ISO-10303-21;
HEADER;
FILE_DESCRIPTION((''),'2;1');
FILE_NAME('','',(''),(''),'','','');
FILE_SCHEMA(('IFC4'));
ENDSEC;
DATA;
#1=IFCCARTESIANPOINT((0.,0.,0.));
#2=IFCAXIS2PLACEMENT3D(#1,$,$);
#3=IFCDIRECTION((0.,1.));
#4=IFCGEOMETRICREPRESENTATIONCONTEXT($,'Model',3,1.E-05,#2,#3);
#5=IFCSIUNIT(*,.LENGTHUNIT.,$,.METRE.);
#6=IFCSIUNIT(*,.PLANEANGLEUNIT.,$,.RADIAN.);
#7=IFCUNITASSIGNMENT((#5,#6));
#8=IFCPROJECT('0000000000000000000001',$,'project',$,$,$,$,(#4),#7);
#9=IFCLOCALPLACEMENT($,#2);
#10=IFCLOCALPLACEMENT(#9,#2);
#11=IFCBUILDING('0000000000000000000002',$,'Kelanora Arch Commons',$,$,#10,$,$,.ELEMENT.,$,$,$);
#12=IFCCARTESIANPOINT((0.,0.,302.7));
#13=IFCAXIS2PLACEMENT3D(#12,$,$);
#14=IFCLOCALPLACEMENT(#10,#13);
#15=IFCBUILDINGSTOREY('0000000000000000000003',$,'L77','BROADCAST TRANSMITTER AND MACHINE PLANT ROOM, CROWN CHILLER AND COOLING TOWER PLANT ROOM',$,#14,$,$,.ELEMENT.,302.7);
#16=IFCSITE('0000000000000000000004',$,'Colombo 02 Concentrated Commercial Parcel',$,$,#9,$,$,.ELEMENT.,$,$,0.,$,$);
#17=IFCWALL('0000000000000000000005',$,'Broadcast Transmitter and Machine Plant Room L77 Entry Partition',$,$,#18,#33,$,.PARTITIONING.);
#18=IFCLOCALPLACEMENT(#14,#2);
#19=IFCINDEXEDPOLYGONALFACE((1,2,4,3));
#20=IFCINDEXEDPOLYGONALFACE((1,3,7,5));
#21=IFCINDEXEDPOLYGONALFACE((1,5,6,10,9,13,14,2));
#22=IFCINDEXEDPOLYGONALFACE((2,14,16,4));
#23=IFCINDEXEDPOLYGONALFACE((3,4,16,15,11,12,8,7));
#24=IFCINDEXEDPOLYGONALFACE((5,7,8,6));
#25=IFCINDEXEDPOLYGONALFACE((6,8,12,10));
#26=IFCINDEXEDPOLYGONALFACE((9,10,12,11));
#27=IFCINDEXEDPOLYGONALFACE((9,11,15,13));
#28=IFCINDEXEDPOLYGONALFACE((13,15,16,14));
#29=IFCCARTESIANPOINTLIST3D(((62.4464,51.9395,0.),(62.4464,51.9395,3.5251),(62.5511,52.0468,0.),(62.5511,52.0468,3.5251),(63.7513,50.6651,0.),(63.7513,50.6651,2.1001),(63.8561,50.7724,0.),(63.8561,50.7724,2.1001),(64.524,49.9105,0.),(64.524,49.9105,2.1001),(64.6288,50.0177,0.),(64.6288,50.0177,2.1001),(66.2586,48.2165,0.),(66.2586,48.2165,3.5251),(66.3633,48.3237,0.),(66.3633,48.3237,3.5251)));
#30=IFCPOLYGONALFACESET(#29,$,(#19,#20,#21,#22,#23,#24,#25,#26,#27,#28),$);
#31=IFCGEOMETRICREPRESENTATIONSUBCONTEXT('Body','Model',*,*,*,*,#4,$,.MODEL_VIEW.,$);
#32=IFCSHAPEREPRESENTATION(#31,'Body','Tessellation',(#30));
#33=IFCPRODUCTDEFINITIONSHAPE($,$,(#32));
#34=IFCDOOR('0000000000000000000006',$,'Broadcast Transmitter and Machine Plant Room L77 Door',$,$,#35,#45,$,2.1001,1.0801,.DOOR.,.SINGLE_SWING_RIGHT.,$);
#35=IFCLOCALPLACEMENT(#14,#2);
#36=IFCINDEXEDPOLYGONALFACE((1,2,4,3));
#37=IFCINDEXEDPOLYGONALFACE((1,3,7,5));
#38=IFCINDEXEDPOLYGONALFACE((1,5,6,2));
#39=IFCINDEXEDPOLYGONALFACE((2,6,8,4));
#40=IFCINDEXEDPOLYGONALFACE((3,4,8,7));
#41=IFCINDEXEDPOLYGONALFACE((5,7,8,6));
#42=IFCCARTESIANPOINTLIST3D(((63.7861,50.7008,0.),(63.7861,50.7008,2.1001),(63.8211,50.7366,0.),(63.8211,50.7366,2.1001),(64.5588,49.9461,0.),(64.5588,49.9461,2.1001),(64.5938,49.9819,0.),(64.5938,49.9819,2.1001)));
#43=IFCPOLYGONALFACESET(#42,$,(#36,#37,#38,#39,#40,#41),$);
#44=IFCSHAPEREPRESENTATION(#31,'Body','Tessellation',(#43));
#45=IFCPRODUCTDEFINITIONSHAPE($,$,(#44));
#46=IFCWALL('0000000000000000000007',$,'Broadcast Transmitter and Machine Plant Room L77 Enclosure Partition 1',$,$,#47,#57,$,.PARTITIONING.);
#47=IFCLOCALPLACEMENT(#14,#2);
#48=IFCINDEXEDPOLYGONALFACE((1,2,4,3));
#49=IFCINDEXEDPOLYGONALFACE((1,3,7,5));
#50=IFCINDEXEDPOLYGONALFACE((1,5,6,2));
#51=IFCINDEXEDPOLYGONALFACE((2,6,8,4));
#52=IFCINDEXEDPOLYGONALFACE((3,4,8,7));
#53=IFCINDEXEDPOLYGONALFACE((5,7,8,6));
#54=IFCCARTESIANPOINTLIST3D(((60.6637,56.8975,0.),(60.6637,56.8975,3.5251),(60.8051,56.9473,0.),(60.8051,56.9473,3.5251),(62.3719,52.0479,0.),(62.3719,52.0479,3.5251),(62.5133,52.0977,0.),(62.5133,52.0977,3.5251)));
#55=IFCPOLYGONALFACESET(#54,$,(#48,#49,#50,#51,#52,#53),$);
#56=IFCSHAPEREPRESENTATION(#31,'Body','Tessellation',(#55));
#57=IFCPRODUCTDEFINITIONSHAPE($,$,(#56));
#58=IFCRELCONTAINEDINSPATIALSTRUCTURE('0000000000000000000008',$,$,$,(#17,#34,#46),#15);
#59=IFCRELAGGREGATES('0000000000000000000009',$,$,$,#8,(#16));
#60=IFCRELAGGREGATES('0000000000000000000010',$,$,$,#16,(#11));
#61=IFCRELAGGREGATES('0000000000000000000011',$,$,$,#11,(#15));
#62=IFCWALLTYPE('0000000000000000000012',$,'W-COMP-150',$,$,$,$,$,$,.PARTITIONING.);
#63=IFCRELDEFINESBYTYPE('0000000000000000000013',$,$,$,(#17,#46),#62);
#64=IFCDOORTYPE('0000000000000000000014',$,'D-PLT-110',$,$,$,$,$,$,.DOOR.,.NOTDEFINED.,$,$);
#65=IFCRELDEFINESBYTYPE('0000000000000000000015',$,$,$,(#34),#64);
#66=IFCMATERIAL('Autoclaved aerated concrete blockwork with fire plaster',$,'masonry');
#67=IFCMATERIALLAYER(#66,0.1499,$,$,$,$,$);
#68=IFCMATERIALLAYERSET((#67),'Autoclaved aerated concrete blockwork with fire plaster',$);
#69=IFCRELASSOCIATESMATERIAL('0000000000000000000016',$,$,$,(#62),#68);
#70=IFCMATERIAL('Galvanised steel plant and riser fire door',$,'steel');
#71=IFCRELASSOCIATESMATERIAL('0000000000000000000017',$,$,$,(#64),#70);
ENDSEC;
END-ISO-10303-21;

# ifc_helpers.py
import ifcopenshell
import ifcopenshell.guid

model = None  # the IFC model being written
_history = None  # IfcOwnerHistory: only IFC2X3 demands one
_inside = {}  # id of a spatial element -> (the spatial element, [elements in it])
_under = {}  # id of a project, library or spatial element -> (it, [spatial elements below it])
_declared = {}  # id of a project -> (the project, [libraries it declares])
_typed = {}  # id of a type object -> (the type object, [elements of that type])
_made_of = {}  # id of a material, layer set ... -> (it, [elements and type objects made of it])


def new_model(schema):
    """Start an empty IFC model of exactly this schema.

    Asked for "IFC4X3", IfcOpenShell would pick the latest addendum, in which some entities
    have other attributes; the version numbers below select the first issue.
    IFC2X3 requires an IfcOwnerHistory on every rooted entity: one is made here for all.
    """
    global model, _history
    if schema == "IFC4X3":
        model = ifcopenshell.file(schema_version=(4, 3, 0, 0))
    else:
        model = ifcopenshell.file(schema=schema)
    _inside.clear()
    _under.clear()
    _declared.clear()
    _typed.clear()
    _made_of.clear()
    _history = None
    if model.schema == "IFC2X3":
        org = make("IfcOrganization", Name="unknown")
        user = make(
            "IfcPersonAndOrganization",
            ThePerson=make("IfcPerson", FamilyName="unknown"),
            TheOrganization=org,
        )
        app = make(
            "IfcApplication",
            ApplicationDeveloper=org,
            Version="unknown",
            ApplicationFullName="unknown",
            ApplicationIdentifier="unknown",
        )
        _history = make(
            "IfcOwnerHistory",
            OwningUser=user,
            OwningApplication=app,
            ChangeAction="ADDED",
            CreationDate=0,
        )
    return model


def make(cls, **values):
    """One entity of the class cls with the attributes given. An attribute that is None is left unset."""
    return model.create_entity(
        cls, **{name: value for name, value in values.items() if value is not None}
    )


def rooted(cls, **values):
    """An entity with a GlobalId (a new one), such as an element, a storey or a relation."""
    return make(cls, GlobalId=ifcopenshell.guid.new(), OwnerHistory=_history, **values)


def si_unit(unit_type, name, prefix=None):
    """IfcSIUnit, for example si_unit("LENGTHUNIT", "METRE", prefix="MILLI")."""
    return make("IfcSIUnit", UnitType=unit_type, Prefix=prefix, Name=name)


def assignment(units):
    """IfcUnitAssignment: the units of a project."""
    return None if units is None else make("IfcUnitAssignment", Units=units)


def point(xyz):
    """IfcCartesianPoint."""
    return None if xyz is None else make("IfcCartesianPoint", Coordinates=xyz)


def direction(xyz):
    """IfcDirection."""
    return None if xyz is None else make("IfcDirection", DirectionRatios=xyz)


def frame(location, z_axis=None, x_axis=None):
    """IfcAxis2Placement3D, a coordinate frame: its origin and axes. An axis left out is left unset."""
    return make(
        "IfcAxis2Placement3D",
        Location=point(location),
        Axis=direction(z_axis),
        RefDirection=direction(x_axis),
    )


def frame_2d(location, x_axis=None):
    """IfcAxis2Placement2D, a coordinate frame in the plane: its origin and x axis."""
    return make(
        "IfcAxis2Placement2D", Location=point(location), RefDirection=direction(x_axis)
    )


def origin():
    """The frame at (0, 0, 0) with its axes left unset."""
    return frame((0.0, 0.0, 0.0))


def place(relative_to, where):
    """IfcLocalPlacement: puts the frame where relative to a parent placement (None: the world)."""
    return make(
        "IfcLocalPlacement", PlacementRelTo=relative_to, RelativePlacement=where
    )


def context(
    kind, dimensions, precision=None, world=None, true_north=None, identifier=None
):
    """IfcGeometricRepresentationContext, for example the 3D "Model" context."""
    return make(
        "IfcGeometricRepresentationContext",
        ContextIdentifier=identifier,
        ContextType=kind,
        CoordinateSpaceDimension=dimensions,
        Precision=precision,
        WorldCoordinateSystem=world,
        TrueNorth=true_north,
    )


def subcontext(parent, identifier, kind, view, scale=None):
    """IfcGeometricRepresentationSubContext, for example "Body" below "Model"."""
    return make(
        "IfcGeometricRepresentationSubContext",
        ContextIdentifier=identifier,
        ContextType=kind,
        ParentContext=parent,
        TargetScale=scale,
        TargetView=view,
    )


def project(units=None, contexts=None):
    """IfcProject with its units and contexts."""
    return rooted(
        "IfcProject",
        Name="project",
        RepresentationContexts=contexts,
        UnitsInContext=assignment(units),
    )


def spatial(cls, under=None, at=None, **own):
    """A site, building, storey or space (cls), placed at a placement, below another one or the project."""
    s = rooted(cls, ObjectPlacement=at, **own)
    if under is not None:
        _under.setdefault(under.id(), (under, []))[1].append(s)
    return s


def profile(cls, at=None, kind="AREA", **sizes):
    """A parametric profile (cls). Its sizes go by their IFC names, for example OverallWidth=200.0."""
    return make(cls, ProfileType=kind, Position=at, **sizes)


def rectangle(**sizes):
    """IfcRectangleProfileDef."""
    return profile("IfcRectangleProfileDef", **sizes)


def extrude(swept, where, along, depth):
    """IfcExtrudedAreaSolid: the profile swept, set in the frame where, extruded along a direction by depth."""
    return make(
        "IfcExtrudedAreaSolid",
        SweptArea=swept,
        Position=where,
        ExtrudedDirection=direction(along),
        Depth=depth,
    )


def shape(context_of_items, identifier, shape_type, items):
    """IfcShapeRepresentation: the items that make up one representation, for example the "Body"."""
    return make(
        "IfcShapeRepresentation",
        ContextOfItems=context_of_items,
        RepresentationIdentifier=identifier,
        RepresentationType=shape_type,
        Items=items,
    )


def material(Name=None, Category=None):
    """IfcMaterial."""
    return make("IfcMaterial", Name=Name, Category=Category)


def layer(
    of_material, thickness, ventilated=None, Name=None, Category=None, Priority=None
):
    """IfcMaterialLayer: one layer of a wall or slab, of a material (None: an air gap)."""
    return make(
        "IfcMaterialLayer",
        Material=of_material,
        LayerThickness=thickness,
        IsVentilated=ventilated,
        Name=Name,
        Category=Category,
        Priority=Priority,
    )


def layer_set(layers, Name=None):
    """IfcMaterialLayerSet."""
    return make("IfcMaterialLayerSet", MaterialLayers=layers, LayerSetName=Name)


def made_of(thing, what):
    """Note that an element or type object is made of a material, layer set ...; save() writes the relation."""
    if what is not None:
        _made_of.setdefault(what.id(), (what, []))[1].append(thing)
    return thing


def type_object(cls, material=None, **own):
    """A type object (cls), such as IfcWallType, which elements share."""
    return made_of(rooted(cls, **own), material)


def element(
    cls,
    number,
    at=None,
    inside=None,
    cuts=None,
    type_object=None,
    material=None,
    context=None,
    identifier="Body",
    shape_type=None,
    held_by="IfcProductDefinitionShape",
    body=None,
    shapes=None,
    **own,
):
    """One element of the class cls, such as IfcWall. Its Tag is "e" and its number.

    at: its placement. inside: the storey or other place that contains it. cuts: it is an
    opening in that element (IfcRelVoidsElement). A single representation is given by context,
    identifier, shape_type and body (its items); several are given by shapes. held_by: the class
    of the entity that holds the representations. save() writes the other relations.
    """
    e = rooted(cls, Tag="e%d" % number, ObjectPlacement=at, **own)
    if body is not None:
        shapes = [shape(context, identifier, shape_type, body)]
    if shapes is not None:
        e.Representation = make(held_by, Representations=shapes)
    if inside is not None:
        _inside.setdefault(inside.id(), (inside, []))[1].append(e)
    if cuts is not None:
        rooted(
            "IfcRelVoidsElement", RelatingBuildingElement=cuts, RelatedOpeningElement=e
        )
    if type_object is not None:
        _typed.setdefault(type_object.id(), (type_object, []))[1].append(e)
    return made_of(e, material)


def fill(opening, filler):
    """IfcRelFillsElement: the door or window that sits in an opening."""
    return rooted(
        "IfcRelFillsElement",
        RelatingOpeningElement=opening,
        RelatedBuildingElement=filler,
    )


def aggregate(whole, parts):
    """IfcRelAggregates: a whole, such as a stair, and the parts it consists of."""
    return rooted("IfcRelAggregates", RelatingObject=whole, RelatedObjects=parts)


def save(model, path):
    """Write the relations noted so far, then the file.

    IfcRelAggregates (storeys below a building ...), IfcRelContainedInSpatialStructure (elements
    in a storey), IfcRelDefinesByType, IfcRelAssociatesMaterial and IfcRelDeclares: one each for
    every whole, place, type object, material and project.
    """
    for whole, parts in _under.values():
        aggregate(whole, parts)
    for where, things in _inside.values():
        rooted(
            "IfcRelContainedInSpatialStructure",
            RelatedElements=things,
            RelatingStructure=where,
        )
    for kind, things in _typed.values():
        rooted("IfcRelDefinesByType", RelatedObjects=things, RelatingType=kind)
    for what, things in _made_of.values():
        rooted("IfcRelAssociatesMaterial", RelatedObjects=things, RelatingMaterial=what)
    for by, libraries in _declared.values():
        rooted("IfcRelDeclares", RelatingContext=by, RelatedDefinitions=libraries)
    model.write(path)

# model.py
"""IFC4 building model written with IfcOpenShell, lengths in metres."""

from ifc_helpers import new_model, si_unit, direction, frame, frame_2d, origin, place, context, subcontext, project, spatial, rectangle, extrude, material, layer, layer_set, type_object, element, fill, save


model = new_model("IFC4")

# Units and contexts
model_context = context("Model", 3, precision=1e-05, world=origin(), true_north=direction((0.0, 1.0)))
body_context = subcontext(model_context, "Body", "Model", "MODEL_VIEW")
ifc_project = project(units=[si_unit("LENGTHUNIT", "METRE"), si_unit("PLANEANGLEUNIT", "RADIAN")], contexts=[model_context])

# Site, building, storey
site_placement = place(None, origin())
site = spatial("IfcSite", under=ifc_project, at=site_placement, Name="Colombo 02 Concentrated Commercial Parcel", CompositionType="ELEMENT", RefElevation=0.0)
building_placement = place(site_placement, origin())
building = spatial("IfcBuilding", under=site, at=building_placement, Name="Kelanora Arch Commons", CompositionType="ELEMENT")
storey_placement = place(building_placement, frame((0.0, 0.0, 302.7)))
storey = spatial("IfcBuildingStorey", under=building, at=storey_placement, Name="L77", Description="BROADCAST TRANSMITTER AND MACHINE PLANT ROOM, CROWN CHILLER AND COOLING TOWER PLANT ROOM", CompositionType="ELEMENT", Elevation=302.7)

# Wall, opening, door
ifc_material_1 = material(Name="Autoclaved aerated concrete blockwork with fire plaster", Category="masonry")
ifc_layer_1 = layer(ifc_material_1, 0.1499)
ifc_layer_set_1 = layer_set([ifc_layer_1], Name="Autoclaved aerated concrete blockwork with fire plaster")
wall_type = type_object("IfcWallType", Name="W-COMP-150", PredefinedType="PARTITIONING", material=ifc_layer_set_1)
wall_1_placement = place(storey_placement, frame((62.4988, 51.9932, 0.0), z_axis=(0.0, 0.0, 1.0), x_axis=(0.715419, -0.698696, 0.0)))
wall_1 = element("IfcWall", 1, at=wall_1_placement, inside=storey, type_object=wall_type, Name="Broadcast Transmitter and Machine Plant Room L77 Entry Partition", PredefinedType="PARTITIONING", context=body_context, shape_type="SweptSolid", body=[
    extrude(rectangle(XDim=5.3286, YDim=0.1499, at=frame_2d((2.6643, 0.0))), origin(), (0.0, 0.0, 1.0), 3.5251),
])
opening_placement = place(wall_1_placement, frame((1.824, 0.0, 0.0)))
opening = element("IfcOpeningElement", 2, at=opening_placement, cuts=wall_1, PredefinedType="OPENING", context=body_context, shape_type="SweptSolid", body=[
    extrude(rectangle(XDim=1.0801, YDim=2.1001, at=frame_2d((0.54, 1.05))), frame((0.0, 0.085, 0.0), z_axis=(0.0, -1.0, 0.0), x_axis=(1.0, 0.0, 0.0)), (0.0, 0.0, 1.0), 0.1699),
])
ifc_material_2 = material(Name="Galvanised steel plant and riser fire door", Category="steel")
door_type = type_object("IfcDoorType", Name="D-PLT-110", OperationType="NOTDEFINED", PredefinedType="DOOR", material=ifc_material_2)
door_placement = place(opening_placement, origin())
door = element("IfcDoor", 3, at=door_placement, inside=storey, type_object=door_type, Name="Broadcast Transmitter and Machine Plant Room L77 Door", OperationType="SINGLE_SWING_RIGHT", OverallHeight=2.1001, OverallWidth=1.0801, PredefinedType="DOOR", context=body_context, shape_type="SweptSolid", body=[
    extrude(rectangle(XDim=1.0801, YDim=2.1001, at=frame_2d((0.54, 1.05))), frame((0.0, 0.0249, 0.0), z_axis=(0.0, -1.0, 0.0), x_axis=(1.0, 0.0, 0.0)), (0.0, 0.0, 1.0), 0.05),
])
fill(opening, door)

# Wall
wall_2_placement = place(storey_placement, frame((60.7344, 56.9224, 0.0), z_axis=(0.0, 0.0, 1.0), x_axis=(0.332236, -0.943196, 0.0)))
element("IfcWall", 4, at=wall_2_placement, inside=storey, type_object=wall_type, Name="Broadcast Transmitter and Machine Plant Room L77 Enclosure Partition 1", PredefinedType="PARTITIONING", context=body_context, shape_type="SweptSolid", body=[
    extrude(rectangle(XDim=5.1416, YDim=0.1499, at=frame_2d((2.5708, 0.0))), origin(), (0.0, 0.0, 1.0), 3.5251),
])

save(model, "model.ifc")
